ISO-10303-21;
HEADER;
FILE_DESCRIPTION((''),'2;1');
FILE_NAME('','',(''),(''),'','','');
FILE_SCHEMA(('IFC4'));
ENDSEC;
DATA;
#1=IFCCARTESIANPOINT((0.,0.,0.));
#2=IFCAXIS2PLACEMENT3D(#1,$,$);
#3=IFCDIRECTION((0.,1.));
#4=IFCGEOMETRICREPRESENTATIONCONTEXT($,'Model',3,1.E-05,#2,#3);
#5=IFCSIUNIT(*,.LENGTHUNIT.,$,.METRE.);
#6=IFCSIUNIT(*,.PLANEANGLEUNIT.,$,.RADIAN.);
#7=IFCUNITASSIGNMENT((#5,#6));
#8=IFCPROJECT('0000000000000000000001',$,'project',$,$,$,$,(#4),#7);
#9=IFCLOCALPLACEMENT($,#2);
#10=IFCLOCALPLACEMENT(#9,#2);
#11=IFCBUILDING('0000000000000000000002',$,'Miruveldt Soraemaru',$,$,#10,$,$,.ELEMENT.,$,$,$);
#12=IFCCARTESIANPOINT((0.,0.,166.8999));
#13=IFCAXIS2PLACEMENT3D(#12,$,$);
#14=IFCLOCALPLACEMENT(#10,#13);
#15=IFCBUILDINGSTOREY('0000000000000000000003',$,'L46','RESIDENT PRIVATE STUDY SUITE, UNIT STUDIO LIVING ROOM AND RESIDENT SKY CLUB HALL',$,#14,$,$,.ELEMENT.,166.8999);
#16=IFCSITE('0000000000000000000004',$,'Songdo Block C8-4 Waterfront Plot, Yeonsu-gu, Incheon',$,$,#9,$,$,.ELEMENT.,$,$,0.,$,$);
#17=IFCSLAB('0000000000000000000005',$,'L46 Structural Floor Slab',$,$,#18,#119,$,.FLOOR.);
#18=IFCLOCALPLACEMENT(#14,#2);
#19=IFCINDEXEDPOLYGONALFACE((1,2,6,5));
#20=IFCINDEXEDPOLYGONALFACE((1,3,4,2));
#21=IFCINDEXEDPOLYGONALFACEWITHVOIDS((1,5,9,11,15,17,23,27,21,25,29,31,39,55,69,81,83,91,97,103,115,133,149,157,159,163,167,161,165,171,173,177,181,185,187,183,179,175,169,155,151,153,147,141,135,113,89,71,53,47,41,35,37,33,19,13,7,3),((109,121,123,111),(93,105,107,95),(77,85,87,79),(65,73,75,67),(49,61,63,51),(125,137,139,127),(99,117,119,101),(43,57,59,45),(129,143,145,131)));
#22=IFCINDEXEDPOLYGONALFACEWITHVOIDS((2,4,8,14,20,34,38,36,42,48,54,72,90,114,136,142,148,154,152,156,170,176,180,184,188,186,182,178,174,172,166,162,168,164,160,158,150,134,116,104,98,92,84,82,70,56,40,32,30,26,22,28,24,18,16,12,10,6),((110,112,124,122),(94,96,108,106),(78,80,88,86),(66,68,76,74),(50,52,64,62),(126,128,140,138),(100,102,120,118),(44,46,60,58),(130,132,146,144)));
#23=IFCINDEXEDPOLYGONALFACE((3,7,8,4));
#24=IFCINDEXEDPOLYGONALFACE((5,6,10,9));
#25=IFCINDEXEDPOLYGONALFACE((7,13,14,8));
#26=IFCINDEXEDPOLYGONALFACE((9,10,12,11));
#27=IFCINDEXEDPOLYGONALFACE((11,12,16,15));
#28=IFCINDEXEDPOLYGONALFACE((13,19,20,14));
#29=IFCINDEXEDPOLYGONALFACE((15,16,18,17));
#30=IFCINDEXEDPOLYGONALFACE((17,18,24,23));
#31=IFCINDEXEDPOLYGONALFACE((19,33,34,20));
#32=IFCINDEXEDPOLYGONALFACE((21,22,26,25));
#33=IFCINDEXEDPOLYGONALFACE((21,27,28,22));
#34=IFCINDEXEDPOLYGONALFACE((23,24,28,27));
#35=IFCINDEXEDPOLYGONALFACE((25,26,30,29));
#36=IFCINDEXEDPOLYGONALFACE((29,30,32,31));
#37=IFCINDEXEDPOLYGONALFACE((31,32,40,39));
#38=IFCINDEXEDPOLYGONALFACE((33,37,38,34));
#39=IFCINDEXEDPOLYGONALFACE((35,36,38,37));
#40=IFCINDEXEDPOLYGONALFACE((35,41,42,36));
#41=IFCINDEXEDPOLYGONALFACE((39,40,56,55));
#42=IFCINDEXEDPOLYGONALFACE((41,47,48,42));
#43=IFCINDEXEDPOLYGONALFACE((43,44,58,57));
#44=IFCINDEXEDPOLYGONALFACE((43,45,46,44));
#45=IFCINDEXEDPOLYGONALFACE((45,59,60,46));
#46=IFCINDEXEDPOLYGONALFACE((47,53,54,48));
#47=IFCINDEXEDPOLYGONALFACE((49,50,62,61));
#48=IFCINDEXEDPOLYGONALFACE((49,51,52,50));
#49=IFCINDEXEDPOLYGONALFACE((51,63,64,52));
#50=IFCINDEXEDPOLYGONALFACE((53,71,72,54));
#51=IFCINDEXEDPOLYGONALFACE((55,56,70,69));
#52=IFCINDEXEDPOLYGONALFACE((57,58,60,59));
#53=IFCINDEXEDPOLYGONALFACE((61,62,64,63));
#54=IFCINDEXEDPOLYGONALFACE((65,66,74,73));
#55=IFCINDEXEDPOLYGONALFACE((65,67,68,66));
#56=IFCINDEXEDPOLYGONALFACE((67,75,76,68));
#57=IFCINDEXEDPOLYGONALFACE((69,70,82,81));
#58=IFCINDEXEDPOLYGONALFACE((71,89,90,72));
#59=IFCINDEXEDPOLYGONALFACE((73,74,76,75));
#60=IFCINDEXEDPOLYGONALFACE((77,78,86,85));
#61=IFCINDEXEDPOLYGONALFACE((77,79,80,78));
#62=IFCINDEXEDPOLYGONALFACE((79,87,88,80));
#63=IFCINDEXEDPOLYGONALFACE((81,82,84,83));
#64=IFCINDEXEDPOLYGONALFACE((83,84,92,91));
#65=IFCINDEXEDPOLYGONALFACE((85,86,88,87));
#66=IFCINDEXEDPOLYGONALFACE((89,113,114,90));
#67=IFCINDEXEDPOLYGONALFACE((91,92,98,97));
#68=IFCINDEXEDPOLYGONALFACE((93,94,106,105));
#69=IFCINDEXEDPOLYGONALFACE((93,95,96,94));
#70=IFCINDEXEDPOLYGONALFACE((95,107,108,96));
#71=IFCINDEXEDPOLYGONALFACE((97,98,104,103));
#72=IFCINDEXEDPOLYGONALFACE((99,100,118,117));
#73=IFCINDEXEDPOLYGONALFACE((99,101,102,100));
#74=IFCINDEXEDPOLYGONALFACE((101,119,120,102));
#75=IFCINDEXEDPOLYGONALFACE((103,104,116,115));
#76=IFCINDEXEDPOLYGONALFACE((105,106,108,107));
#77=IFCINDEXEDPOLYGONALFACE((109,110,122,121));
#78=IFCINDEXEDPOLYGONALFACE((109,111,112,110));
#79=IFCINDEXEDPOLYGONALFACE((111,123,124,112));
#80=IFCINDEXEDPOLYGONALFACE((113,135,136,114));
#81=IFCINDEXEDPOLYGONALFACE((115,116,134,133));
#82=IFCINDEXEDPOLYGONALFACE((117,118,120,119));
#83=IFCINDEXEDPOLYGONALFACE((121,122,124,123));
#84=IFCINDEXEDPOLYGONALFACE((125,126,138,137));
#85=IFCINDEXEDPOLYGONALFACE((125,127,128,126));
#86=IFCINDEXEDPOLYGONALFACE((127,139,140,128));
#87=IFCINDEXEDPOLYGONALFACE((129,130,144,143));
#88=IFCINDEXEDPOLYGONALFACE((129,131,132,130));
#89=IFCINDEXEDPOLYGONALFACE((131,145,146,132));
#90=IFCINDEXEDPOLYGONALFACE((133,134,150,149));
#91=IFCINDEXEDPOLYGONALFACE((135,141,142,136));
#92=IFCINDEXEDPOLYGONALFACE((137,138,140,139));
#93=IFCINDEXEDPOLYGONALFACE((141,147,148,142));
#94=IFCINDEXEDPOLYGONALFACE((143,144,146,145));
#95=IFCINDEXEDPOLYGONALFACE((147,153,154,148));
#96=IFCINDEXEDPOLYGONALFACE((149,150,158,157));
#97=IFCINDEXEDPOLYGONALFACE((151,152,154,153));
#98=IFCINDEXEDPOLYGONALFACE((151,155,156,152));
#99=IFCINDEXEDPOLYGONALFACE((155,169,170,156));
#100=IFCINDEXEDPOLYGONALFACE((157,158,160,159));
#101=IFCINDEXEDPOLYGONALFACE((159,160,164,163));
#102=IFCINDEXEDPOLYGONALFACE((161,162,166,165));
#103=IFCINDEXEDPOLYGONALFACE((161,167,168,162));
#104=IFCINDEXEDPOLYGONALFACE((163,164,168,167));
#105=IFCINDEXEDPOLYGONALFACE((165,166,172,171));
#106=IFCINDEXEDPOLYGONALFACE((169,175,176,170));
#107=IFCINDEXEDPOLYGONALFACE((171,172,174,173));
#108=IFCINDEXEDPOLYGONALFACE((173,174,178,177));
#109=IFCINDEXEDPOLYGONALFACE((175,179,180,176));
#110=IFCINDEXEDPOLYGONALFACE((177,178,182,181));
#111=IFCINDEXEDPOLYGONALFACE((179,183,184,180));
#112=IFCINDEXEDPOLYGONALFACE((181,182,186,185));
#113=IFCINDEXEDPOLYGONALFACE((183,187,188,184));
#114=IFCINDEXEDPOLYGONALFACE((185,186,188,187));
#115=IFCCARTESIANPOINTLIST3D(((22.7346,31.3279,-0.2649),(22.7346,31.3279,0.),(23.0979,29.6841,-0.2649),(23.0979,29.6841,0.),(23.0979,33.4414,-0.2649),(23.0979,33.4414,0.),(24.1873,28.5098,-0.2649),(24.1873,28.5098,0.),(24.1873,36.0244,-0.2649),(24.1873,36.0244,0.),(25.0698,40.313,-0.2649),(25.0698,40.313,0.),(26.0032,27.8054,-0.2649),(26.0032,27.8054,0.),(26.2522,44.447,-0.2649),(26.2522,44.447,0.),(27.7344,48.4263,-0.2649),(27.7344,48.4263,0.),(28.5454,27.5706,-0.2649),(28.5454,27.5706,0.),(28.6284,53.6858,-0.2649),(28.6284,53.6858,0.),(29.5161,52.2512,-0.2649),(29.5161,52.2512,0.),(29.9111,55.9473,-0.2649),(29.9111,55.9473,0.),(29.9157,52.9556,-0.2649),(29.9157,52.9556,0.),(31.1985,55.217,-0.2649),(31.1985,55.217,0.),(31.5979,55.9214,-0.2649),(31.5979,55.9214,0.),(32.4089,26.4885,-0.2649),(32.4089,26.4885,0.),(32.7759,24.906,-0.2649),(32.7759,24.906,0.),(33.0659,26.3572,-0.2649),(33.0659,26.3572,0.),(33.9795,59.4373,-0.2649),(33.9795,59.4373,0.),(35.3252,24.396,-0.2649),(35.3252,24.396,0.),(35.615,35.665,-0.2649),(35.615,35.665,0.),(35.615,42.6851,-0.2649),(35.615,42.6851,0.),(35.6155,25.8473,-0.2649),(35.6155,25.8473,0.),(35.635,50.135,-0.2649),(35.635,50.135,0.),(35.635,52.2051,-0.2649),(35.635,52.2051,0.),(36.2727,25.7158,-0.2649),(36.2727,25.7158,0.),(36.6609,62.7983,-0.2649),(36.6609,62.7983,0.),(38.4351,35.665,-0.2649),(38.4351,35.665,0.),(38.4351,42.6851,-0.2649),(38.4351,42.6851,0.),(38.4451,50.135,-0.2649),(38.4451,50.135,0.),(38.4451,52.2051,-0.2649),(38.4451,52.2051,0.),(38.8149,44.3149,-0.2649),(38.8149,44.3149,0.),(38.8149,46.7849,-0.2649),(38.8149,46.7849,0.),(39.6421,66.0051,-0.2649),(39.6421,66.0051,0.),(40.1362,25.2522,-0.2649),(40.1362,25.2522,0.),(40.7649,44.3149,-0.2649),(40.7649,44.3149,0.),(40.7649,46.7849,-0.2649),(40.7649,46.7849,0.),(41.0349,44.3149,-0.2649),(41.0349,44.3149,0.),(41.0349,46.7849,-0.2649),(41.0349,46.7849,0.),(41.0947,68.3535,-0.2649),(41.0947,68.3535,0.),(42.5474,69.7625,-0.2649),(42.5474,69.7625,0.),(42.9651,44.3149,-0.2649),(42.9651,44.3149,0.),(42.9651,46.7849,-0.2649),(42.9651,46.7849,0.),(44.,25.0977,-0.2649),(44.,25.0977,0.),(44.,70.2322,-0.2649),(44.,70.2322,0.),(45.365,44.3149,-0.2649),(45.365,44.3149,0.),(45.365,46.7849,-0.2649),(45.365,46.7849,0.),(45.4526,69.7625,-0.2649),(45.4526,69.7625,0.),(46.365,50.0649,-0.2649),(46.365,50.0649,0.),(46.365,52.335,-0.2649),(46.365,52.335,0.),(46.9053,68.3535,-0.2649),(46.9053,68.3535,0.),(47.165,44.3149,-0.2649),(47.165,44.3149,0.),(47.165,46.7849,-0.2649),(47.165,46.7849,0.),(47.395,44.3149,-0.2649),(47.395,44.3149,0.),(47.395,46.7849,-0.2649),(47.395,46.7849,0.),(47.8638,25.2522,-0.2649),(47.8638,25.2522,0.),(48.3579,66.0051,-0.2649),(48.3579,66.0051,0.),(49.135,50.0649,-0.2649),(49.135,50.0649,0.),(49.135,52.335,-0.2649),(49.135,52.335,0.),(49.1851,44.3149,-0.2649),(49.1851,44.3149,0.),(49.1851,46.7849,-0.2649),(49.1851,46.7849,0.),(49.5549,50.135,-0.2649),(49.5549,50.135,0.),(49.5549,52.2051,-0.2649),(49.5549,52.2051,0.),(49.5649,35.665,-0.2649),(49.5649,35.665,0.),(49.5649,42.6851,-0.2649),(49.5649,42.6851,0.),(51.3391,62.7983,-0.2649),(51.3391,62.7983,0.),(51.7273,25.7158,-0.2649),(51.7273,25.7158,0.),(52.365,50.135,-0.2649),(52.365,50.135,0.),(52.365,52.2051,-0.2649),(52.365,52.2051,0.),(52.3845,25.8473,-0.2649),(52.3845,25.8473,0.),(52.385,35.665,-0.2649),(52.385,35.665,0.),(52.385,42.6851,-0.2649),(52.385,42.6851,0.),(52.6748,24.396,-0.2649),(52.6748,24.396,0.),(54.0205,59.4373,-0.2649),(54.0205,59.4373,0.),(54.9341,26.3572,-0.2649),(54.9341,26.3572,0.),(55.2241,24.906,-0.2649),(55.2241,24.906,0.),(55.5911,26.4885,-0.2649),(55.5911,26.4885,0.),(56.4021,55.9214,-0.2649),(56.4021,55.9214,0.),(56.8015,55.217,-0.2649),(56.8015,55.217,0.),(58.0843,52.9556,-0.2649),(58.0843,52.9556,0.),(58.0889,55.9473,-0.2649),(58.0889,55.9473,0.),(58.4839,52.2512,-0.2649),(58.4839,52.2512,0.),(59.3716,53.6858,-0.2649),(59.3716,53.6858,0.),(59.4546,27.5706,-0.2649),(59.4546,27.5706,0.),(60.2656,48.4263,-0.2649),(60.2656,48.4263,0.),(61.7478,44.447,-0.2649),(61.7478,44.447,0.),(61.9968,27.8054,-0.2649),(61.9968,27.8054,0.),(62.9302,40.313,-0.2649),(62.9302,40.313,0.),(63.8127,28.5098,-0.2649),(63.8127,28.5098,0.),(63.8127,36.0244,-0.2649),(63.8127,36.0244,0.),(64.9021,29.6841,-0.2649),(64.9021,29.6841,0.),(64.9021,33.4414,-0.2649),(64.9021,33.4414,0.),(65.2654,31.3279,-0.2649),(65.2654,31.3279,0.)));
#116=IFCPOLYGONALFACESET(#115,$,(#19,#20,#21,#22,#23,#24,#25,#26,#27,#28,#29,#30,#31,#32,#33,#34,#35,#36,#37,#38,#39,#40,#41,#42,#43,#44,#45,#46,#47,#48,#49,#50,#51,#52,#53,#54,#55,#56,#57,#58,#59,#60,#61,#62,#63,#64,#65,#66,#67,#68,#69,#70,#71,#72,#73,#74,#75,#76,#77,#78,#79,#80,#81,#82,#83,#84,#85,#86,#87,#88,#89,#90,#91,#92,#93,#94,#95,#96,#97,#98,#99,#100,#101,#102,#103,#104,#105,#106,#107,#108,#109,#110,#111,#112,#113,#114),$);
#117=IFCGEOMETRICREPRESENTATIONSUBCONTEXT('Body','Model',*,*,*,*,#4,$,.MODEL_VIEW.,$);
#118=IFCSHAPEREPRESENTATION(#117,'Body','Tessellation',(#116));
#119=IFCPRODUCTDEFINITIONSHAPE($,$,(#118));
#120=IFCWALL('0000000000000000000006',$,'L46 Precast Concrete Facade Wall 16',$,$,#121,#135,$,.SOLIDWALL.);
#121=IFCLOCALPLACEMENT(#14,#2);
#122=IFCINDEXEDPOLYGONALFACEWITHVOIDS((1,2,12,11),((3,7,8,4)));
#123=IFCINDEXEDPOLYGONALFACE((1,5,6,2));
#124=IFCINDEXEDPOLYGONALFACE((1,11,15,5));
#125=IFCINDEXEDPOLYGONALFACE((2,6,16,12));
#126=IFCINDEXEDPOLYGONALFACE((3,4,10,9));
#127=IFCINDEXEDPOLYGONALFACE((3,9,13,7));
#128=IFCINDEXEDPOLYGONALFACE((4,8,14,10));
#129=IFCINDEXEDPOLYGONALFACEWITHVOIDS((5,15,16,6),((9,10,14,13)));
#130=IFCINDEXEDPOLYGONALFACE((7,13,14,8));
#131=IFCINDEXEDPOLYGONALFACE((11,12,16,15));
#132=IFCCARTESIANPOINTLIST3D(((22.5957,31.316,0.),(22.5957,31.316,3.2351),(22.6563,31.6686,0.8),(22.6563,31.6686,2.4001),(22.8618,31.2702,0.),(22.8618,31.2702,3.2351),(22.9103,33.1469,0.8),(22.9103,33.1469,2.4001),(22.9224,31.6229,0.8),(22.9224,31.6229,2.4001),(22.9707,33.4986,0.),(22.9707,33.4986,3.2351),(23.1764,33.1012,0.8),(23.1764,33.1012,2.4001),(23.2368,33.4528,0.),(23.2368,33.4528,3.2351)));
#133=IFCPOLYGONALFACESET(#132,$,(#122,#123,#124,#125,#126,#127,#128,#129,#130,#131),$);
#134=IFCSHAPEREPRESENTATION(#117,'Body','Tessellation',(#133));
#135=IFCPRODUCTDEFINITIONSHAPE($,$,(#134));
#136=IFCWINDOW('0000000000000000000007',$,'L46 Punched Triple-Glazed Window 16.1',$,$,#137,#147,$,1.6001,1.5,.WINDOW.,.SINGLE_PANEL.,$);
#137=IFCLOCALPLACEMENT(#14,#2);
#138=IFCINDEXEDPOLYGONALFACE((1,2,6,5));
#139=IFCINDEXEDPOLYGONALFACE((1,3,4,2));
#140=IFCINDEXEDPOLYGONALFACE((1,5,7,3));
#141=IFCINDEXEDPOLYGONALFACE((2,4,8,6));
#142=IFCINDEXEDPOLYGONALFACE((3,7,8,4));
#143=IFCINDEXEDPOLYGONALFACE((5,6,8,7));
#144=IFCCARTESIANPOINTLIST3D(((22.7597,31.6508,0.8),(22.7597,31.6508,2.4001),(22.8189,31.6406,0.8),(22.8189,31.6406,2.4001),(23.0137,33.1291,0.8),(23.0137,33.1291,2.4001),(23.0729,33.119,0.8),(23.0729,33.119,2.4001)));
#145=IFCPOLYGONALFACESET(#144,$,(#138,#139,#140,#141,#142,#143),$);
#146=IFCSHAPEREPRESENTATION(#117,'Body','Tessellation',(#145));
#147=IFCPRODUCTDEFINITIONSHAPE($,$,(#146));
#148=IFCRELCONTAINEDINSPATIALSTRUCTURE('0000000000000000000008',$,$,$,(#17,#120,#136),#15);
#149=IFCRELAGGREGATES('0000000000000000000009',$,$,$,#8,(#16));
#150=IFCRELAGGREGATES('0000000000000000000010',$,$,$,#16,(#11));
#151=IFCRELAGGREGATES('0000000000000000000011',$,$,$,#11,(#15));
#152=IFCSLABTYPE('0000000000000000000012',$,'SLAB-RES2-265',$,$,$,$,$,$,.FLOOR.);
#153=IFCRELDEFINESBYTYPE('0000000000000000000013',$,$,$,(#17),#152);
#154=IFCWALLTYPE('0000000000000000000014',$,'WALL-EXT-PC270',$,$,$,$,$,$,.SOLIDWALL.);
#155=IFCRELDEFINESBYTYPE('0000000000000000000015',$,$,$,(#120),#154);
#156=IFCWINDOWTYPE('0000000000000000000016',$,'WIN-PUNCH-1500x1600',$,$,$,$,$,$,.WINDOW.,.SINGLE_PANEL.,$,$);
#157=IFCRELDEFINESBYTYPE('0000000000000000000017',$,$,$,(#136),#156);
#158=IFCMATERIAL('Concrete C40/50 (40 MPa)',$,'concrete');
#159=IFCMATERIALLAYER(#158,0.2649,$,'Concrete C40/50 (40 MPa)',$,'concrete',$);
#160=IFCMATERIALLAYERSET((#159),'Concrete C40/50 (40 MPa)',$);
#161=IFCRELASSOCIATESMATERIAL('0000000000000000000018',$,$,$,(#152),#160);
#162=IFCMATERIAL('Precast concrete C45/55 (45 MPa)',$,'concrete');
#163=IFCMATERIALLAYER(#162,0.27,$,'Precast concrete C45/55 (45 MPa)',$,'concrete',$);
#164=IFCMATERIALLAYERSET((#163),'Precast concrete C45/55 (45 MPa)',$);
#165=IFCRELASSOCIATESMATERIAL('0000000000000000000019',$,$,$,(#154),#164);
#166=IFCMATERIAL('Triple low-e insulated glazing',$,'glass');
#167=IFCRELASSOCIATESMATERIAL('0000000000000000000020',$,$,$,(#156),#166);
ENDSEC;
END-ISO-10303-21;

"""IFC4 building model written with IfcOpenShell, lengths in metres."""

from ifc_helpers import new_model, si_unit, direction, frame, frame_2d, origin, place, context, subcontext, project, spatial, polyline, rectangle, outline, extrude, material, layer, layer_set, type_object, element, fill, save


model = new_model("IFC4")

# Units and contexts
model_context = context("Model", 3, precision=1e-05, world=origin(), true_north=direction((0.0, 1.0)))
body_context = subcontext(model_context, "Body", "Model", "MODEL_VIEW")
ifc_project = project(units=[si_unit("LENGTHUNIT", "METRE"), si_unit("PLANEANGLEUNIT", "RADIAN")], contexts=[model_context])

# Site, building, storey
site_placement = place(None, origin())
site = spatial("IfcSite", under=ifc_project, at=site_placement, Name="Songdo Block C8-4 Waterfront Plot, Yeonsu-gu, Incheon", CompositionType="ELEMENT", RefElevation=0.0)
building_placement = place(site_placement, origin())
building = spatial("IfcBuilding", under=site, at=building_placement, Name="Miruveldt Soraemaru", CompositionType="ELEMENT")
storey_placement = place(building_placement, frame((0.0, 0.0, 166.8999)))
storey = spatial("IfcBuildingStorey", under=building, at=storey_placement, Name="L46", Description="RESIDENT PRIVATE STUDY SUITE, UNIT STUDIO LIVING ROOM AND RESIDENT SKY CLUB HALL", CompositionType="ELEMENT", Elevation=166.8999)

# Shared definitions
ifc_material_1 = material(Name="Concrete C40/50 (40 MPa)", Category="concrete")

# Slab
ifc_layer_1 = layer(ifc_material_1, 0.2649, Name="Concrete C40/50 (40 MPa)", Category="concrete")
ifc_layer_set_1 = layer_set([ifc_layer_1], Name="Concrete C40/50 (40 MPa)")
slab_type_1 = type_object("IfcSlabType", Name="SLAB-RES2-265", PredefinedType="FLOOR", material=ifc_layer_set_1)
slab_1_placement = place(storey_placement, frame((0.0, 0.0, -0.2649)))
element("IfcSlab", 1, at=slab_1_placement, inside=storey, type_object=slab_type_1, Name="L46 Structural Floor Slab", PredefinedType="FLOOR", context=body_context, shape_type="SweptSolid", body=[
    extrude(outline(polyline([(32.7759, 24.906), (33.0659, 26.3572), (32.4089, 26.4885), (28.5454, 27.5706), (26.0032, 27.8054), (24.1873, 28.5098), (23.0979, 29.6841), (22.7346, 31.3279), (23.0979, 33.4414), (24.1873, 36.0244), (25.0698, 40.313), (26.2522, 44.447), (27.7344, 48.4263), (29.5161, 52.2512), (30.5571, 54.0864), (29.9158, 52.9556), (28.6284, 53.6858), (29.9111, 55.9473), (31.1985, 55.217), (31.5979, 55.9214), (33.9795, 59.4373), (36.6609, 62.7983), (39.6421, 66.0051), (41.0947, 68.3535), (42.5474, 69.7625), (44.0, 70.2322), (45.4526, 69.7625), (46.9053, 68.3535), (48.3579, 66.0051), (51.3391, 62.7983), (54.0205, 59.4373), (56.4021, 55.9214), (56.8015, 55.217), (58.0889, 55.9473), (59.3716, 53.6858), (58.0842, 52.9556), (57.4429, 54.0862), (58.4839, 52.2512), (60.2656, 48.4263), (61.7478, 44.447), (62.9302, 40.313), (63.8127, 36.0244), (64.9021, 33.4414), (65.2654, 31.3279), (64.9021, 29.6841), (63.8127, 28.5098), (61.9968, 27.8054), (59.4546, 27.5706), (55.5911, 26.4885), (54.9341, 26.3572), (55.2241, 24.906), (52.6748, 24.396), (52.3845, 25.8474), (53.6592, 26.1023), (51.7273, 25.7158), (47.8638, 25.2522), (44.0, 25.0977), (40.1362, 25.2522), (36.2727, 25.7158), (34.3408, 26.1023), (35.6155, 25.8474), (35.3252, 24.396), (32.7759, 24.906)]), holes=[polyline([(35.615, 35.665), (38.4351, 35.665), (38.4351, 42.6851), (35.615, 42.6851), (35.615, 35.665)]), polyline([(49.5649, 35.665), (52.385, 35.665), (52.385, 42.6851), (49.5649, 42.6851), (49.5649, 35.665)]), polyline([(40.7649, 44.3149), (40.7649, 46.7849), (38.8149, 46.7849), (38.8149, 44.3149), (40.7649, 44.3149)]), polyline([(42.9651, 44.3149), (42.9651, 46.7849), (41.0349, 46.7849), (41.0349, 44.3149), (42.9651, 44.3149)]), polyline([(47.165, 44.3149), (47.165, 46.7849), (45.365, 46.7849), (45.365, 44.3149), (47.165, 44.3149)]), polyline([(49.1851, 44.3149), (49.1851, 46.7849), (47.395, 46.7849), (47.395, 44.3149), (49.1851, 44.3149)]), polyline([(38.4451, 50.135), (38.4451, 52.2051), (35.635, 52.2051), (35.635, 50.135), (38.4451, 50.135)]), polyline([(49.5549, 50.135), (52.365, 50.135), (52.365, 52.2051), (49.5549, 52.2051), (49.5549, 50.135)]), polyline([(46.365, 50.0649), (49.135, 50.0649), (49.135, 52.335), (46.365, 52.335), (46.365, 50.0649)])]), origin(), (0.0, 0.0, 1.0), 0.2649),
])

# Wall, opening, window
ifc_material_2 = material(Name="Precast concrete C45/55 (45 MPa)", Category="concrete")
ifc_layer_2 = layer(ifc_material_2, 0.27, Name="Precast concrete C45/55 (45 MPa)", Category="concrete")
ifc_layer_set_2 = layer_set([ifc_layer_2], Name="Precast concrete C45/55 (45 MPa)")
wall_type = type_object("IfcWallType", Name="WALL-EXT-PC270", PredefinedType="SOLIDWALL", material=ifc_layer_set_2)
wall_1_placement = place(storey_placement, frame((23.1038, 33.4758, 0.0), z_axis=(0.0, 0.0, 1.0), x_axis=(-0.169331, -0.985559, 0.0)))
wall_1 = element("IfcWall", 2, at=wall_1_placement, inside=storey, type_object=wall_type, Name="L46 Precast Concrete Facade Wall 16", PredefinedType="SOLIDWALL", context=body_context, shape_type="SweptSolid", body=[
    extrude(rectangle(XDim=2.2146, YDim=0.27, at=frame_2d((1.1074, 0.0))), origin(), (0.0, 0.0, 1.0), 3.2351),
])
opening_1_placement = place(wall_1_placement, frame((0.3569, 0.0, 0.8)))
opening_1 = element("IfcOpeningElement", 3, at=opening_1_placement, cuts=wall_1, PredefinedType="OPENING", context=body_context, shape_type="SweptSolid", body=[
    extrude(rectangle(XDim=1.5, YDim=1.6001, at=frame_2d((0.75, 0.8))), frame((0.0, 0.145, 0.0), z_axis=(0.0, -1.0, 0.0), x_axis=(1.0, 0.0, 0.0)), (0.0, 0.0, 1.0), 0.29),
])
ifc_material_3 = material(Name="Triple low-e insulated glazing", Category="glass")
window_type_1 = type_object("IfcWindowType", Name="WIN-PUNCH-1500x1600", PartitioningType="SINGLE_PANEL", PredefinedType="WINDOW", material=ifc_material_3)
window_1_placement = place(opening_1_placement, origin())
window_1 = element("IfcWindow", 4, at=window_1_placement, inside=storey, type_object=window_type_1, Name="L46 Punched Triple-Glazed Window 16.1", OverallHeight=1.6001, OverallWidth=1.5, PartitioningType="SINGLE_PANEL", PredefinedType="WINDOW", context=body_context, shape_type="SweptSolid", body=[
    extrude(rectangle(XDim=1.5, YDim=1.6001, at=frame_2d((0.75, 0.8))), frame((0.0, 0.03, 0.0), z_axis=(0.0, -1.0, 0.0), x_axis=(1.0, 0.0, 0.0)), (0.0, 0.0, 1.0), 0.0601),
])
fill(opening_1, window_1)

save(model, "model.ifc")
